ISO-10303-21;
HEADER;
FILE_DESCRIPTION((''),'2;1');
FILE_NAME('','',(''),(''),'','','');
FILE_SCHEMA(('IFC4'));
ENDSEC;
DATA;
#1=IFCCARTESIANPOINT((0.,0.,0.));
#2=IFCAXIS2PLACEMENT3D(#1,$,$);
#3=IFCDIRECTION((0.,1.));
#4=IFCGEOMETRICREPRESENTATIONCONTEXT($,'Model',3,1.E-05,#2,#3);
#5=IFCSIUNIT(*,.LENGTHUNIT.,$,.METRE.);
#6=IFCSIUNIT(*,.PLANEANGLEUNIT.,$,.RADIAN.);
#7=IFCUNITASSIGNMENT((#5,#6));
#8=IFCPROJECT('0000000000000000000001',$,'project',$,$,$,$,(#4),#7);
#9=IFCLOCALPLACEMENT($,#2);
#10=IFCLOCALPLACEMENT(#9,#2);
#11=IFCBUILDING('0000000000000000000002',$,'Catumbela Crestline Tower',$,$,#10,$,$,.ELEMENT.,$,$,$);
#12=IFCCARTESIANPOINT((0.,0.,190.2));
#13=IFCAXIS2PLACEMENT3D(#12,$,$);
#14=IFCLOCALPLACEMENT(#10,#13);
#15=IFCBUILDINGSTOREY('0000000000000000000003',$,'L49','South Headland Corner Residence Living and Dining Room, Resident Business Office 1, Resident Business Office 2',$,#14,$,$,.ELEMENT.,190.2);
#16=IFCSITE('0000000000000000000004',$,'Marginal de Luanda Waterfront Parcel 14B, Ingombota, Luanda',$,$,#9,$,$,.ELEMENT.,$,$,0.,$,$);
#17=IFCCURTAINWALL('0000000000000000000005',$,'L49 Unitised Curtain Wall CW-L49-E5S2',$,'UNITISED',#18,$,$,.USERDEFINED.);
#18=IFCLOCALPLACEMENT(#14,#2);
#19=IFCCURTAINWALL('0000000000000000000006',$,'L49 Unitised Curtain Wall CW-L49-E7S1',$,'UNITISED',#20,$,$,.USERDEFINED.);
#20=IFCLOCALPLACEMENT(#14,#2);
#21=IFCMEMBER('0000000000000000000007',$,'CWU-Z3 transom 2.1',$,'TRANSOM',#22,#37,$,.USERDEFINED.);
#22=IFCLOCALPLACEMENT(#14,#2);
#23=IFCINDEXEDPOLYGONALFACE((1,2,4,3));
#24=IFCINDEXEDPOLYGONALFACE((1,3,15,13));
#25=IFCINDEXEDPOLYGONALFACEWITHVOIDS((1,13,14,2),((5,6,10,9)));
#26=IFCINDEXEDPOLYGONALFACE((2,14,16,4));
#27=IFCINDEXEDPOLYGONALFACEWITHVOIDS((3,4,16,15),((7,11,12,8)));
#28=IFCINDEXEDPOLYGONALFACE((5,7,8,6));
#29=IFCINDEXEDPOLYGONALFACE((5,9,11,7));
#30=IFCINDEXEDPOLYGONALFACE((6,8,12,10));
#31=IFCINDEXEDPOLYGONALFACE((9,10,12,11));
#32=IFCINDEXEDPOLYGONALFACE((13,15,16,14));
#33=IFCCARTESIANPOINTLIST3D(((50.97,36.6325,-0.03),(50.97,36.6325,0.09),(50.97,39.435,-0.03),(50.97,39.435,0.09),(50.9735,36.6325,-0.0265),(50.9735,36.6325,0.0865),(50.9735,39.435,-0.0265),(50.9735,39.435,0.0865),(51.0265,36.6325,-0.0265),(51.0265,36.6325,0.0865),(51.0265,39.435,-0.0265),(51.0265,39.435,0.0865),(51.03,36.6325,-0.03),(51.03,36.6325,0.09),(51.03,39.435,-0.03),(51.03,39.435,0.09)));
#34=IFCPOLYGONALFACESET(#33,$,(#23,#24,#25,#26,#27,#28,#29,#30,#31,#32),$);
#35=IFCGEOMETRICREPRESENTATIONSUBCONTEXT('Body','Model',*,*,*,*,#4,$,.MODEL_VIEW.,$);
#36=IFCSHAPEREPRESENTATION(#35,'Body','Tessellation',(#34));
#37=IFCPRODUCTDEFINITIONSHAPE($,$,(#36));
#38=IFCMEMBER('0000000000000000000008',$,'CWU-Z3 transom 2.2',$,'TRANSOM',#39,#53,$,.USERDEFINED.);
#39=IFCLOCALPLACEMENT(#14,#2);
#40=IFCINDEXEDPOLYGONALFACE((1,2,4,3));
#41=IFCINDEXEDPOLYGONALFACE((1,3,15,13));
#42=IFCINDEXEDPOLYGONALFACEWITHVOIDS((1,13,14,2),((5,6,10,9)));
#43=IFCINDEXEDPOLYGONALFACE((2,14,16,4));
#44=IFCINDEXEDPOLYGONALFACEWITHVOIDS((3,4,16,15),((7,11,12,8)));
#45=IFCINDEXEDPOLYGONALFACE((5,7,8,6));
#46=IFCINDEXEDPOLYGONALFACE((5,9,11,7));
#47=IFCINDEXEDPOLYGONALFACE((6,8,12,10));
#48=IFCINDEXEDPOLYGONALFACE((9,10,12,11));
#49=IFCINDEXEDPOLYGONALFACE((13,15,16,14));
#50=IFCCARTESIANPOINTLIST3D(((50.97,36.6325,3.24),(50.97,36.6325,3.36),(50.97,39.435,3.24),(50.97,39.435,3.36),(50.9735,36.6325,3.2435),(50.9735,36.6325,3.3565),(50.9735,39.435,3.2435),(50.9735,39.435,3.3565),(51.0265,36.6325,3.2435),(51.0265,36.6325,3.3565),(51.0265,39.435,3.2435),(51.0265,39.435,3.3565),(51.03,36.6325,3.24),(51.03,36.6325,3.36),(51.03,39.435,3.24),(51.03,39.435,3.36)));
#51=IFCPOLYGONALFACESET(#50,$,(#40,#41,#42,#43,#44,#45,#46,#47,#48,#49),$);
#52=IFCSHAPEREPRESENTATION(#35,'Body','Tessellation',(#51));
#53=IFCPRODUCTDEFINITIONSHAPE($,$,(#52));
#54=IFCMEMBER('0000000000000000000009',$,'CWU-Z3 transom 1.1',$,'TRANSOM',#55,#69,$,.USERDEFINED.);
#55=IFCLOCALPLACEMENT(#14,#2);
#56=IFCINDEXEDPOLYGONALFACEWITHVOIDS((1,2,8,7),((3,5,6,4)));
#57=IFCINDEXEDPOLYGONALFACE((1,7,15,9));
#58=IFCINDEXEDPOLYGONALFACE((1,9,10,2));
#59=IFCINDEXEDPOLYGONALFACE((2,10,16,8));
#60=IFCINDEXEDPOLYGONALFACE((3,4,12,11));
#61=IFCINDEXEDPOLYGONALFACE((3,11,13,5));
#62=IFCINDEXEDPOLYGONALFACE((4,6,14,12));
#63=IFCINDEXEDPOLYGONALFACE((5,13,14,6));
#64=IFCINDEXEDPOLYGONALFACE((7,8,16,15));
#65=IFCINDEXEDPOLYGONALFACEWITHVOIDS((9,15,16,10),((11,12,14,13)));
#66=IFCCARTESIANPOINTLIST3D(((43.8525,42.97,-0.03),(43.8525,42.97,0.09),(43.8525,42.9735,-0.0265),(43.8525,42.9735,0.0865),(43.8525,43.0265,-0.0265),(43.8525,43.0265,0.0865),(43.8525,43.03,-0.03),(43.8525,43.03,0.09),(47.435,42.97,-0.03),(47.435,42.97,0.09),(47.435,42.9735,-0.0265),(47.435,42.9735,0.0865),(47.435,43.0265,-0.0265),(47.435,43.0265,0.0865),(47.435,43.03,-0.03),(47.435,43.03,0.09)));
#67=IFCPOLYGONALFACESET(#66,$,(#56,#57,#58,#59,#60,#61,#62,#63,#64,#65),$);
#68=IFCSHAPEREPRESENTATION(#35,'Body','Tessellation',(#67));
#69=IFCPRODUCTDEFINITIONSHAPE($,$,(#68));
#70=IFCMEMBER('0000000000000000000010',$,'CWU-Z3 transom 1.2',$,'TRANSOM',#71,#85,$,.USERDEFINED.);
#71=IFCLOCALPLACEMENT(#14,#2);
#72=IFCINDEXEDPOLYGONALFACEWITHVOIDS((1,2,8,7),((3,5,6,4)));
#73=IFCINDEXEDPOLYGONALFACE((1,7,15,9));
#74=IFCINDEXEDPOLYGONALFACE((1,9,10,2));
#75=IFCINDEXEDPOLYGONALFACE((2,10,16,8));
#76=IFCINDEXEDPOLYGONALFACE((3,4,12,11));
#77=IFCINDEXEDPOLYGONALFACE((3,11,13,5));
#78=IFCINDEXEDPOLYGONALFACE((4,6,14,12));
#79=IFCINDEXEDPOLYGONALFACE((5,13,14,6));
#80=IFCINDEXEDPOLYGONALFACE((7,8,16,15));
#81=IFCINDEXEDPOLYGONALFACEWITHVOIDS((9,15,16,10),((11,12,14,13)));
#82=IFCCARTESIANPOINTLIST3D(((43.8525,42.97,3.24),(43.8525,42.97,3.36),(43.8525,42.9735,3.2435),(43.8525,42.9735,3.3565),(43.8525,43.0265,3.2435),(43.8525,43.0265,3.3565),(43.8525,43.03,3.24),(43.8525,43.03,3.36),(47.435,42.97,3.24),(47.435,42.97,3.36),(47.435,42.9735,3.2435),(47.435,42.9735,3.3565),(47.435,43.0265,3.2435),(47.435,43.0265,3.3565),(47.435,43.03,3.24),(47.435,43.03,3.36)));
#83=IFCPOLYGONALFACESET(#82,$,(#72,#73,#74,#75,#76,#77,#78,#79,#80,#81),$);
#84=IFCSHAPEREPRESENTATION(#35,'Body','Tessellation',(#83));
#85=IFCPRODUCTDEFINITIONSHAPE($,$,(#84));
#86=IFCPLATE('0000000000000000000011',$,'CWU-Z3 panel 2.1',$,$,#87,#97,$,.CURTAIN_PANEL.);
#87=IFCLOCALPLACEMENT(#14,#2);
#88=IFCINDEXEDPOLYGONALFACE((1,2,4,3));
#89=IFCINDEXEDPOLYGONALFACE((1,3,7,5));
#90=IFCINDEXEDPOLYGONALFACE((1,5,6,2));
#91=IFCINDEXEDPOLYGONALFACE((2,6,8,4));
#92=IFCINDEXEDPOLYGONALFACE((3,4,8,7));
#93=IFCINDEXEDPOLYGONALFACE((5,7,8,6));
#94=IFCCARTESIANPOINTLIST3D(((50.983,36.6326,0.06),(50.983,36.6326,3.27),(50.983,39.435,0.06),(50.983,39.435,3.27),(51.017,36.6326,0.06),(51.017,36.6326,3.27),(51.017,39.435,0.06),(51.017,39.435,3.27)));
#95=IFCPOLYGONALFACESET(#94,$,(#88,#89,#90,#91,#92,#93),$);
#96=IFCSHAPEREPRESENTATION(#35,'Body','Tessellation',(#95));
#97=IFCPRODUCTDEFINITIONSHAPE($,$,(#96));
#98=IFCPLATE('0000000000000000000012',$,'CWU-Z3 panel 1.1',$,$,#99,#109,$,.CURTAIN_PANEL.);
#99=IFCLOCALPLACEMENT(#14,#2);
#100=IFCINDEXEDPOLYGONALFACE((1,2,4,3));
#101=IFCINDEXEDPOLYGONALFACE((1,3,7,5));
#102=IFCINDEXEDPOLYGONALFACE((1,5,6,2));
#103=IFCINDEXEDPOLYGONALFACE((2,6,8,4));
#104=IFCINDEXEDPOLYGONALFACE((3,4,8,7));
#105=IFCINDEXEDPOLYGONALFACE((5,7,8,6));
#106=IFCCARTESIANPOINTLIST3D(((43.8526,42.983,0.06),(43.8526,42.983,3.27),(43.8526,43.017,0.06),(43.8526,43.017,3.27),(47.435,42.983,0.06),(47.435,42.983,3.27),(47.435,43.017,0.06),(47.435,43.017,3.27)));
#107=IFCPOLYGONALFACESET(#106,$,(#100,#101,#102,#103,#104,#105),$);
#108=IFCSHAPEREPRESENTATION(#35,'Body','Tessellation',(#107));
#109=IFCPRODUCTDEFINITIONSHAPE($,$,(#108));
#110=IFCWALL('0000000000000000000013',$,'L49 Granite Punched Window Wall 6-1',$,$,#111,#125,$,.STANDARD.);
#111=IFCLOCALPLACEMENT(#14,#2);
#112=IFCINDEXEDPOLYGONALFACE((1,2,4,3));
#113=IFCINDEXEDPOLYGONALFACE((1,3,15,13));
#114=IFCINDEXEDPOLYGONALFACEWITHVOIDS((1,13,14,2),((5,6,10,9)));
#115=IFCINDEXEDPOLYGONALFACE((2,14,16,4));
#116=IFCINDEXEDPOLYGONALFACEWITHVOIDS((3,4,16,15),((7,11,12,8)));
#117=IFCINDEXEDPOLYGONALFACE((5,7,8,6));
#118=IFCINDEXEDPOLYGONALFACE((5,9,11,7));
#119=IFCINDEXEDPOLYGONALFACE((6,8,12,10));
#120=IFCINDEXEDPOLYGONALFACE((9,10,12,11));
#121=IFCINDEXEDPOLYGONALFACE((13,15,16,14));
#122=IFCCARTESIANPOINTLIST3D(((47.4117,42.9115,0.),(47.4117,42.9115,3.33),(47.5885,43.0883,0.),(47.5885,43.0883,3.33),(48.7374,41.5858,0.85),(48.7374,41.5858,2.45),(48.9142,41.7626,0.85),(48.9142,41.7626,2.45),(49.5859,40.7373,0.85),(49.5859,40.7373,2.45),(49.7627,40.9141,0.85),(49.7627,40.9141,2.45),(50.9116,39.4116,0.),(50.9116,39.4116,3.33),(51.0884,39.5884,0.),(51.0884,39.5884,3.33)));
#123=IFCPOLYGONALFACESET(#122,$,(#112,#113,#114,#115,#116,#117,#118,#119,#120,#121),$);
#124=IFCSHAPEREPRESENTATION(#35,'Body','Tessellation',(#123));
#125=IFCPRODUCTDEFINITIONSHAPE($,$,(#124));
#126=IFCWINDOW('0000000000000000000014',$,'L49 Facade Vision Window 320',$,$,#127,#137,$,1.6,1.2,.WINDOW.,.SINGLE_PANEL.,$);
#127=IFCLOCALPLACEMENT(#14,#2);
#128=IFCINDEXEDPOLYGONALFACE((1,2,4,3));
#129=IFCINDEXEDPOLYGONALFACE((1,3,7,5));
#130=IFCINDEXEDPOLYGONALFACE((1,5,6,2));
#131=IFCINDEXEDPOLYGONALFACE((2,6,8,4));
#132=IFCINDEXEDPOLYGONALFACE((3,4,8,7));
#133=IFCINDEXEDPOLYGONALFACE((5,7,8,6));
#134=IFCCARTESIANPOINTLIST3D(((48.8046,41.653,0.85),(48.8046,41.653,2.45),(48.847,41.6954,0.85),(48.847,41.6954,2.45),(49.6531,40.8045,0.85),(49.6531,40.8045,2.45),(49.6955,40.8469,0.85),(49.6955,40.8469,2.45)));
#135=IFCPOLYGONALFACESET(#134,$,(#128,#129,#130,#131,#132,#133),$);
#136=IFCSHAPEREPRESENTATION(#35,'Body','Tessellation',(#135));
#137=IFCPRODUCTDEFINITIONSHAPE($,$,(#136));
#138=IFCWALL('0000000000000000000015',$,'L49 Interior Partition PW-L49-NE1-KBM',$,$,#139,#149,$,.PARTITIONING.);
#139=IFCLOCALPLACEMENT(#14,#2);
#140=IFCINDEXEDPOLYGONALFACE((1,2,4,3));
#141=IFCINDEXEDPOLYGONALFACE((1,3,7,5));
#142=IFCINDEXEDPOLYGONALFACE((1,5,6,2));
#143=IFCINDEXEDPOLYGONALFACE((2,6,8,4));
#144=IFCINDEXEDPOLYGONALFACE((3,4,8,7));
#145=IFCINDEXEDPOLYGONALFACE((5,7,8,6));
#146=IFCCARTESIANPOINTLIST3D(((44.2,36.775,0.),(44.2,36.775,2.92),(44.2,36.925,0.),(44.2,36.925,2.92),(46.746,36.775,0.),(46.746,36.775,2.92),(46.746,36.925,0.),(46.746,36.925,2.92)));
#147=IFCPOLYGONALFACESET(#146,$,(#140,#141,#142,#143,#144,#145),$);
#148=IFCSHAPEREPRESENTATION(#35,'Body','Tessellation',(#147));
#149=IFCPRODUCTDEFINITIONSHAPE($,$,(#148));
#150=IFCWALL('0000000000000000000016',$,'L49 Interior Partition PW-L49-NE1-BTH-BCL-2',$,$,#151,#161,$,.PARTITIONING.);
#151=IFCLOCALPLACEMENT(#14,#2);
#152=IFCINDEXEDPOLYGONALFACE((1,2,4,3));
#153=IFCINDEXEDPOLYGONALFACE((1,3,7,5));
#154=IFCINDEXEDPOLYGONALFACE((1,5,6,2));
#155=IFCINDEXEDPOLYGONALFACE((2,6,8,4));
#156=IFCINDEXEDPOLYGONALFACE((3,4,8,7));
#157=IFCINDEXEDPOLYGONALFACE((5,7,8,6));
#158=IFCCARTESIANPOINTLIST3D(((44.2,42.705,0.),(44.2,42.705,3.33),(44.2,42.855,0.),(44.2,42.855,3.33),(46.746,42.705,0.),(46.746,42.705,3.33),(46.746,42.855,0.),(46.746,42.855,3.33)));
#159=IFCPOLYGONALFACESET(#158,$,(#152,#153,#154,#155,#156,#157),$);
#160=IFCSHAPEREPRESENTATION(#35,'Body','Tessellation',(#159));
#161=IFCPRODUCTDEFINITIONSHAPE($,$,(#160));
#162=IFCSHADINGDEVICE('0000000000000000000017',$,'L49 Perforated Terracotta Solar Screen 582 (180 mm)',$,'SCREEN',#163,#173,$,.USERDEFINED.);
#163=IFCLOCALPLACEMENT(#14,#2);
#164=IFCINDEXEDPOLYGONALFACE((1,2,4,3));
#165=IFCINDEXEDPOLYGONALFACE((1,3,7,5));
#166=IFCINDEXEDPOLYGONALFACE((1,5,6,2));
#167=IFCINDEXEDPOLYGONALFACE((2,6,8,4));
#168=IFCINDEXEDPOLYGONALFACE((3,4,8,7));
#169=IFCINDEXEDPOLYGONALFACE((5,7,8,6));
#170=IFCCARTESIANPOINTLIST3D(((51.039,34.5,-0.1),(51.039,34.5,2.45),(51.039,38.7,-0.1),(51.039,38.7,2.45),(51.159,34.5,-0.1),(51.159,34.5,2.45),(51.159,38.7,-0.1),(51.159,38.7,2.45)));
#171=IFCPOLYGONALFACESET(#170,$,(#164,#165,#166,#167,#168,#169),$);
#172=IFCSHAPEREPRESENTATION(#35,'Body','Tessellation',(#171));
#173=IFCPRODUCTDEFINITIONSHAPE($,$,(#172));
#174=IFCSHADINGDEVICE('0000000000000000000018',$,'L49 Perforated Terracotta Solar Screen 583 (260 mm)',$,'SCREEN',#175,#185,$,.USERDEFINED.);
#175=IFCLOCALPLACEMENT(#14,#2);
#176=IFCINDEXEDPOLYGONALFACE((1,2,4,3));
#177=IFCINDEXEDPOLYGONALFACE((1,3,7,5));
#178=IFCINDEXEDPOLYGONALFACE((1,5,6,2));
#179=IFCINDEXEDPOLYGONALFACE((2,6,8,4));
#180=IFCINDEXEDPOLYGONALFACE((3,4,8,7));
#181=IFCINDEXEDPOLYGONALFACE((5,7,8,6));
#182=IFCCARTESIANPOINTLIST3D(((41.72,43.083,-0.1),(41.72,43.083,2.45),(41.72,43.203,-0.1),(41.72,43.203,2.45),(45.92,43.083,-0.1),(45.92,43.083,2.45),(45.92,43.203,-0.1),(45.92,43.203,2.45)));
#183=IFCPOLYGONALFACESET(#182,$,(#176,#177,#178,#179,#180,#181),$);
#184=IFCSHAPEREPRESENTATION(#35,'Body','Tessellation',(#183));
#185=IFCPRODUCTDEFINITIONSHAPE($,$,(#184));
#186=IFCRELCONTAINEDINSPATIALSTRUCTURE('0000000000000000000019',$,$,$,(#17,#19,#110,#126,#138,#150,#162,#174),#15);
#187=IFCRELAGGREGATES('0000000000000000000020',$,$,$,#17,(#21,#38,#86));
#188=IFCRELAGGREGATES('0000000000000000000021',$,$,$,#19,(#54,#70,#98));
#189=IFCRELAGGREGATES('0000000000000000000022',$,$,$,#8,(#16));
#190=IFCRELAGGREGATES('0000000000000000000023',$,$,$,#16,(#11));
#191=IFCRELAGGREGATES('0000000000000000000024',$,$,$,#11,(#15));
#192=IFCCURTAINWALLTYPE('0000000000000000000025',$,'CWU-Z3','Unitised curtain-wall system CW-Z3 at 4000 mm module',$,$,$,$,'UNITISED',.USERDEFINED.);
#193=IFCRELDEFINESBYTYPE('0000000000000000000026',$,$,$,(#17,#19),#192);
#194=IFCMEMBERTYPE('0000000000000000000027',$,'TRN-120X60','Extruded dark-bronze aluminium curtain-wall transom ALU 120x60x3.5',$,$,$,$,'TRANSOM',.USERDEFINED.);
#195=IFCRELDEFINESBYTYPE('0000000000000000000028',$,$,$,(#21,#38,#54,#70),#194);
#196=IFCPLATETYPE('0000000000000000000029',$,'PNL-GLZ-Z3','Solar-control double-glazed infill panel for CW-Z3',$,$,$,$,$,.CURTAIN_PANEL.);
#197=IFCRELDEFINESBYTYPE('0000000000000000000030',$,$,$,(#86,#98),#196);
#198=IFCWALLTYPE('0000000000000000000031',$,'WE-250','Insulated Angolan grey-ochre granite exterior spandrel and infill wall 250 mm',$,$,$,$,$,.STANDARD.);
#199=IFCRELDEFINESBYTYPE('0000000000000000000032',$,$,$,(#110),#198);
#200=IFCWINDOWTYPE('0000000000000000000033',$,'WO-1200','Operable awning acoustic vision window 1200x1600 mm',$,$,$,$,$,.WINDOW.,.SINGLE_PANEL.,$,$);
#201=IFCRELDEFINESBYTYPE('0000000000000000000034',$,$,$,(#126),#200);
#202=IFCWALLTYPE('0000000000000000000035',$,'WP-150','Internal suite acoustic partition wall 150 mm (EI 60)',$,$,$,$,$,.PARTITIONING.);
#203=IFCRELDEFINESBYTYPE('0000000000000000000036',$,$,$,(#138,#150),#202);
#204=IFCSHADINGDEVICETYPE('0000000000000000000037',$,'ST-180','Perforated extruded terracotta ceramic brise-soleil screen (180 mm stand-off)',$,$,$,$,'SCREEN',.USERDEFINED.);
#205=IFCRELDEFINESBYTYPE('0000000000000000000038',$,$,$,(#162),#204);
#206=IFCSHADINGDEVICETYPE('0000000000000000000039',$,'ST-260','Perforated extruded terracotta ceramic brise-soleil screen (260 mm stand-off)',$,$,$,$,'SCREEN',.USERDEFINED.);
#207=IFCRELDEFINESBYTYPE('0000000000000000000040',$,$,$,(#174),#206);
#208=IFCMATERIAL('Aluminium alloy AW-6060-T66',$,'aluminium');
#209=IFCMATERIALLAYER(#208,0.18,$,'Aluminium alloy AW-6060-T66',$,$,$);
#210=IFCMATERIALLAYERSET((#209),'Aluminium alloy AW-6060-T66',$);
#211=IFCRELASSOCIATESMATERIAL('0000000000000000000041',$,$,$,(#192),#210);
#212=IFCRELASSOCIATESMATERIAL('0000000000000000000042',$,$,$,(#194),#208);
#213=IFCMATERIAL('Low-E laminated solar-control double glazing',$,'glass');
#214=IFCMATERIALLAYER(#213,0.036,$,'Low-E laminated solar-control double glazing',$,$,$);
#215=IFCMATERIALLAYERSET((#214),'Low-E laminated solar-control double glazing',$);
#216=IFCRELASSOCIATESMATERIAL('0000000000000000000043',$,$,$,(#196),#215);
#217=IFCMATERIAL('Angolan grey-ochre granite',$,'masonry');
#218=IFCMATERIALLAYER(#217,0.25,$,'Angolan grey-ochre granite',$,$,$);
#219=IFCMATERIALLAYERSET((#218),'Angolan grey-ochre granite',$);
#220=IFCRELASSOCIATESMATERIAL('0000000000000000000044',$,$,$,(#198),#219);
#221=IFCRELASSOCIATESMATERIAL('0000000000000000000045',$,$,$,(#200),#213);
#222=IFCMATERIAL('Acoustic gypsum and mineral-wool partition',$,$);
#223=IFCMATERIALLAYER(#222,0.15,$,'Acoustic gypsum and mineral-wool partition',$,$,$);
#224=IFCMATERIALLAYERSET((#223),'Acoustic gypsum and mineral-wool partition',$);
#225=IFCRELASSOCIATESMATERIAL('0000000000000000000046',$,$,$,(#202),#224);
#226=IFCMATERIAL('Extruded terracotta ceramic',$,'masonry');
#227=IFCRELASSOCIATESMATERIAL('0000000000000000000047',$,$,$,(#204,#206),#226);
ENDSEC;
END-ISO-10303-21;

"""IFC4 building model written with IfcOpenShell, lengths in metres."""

from ifc_helpers import new_model, si_unit, direction, frame, frame_2d, origin, origin_2d, place, context, subcontext, project, spatial, rectangle, hollow_rectangle, extrude, material, layer, layer_set, material_profile, profile_set, type_object, element, fill, aggregate, save


model = new_model("IFC4")

# Units and contexts
model_context = context("Model", 3, precision=1e-05, world=origin(), true_north=direction((0.0, 1.0)))
body_context = subcontext(model_context, "Body", "Model", "MODEL_VIEW")
ifc_project = project(units=[si_unit("LENGTHUNIT", "METRE"), si_unit("PLANEANGLEUNIT", "RADIAN")], contexts=[model_context])

# Site, building, storey
site_placement = place(None, origin())
site = spatial("IfcSite", under=ifc_project, at=site_placement, Name="Marginal de Luanda Waterfront Parcel 14B, Ingombota, Luanda", CompositionType="ELEMENT", RefElevation=0.0)
building_placement = place(site_placement, origin())
building = spatial("IfcBuilding", under=site, at=building_placement, Name="Catumbela Crestline Tower", CompositionType="ELEMENT")
storey_placement = place(building_placement, frame((0.0, 0.0, 190.2)))
storey = spatial("IfcBuildingStorey", under=building, at=storey_placement, Name="L49", Description="South Headland Corner Residence Living and Dining Room, Resident Business Office 1, Resident Business Office 2", CompositionType="ELEMENT", Elevation=190.2)

# Curtain walls
ifc_material_1 = material(Name="Aluminium alloy AW-6060-T66", Category="aluminium")
ifc_layer_1 = layer(ifc_material_1, 0.18, Name="Aluminium alloy AW-6060-T66")
ifc_layer_set_1 = layer_set([ifc_layer_1], Name="Aluminium alloy AW-6060-T66")
curtain_wall_type = type_object("IfcCurtainWallType", Name="CWU-Z3", Description="Unitised curtain-wall system CW-Z3 at 4000 mm module", ElementType="UNITISED", PredefinedType="USERDEFINED", material=ifc_layer_set_1)
curtain_wall_1_placement = place(storey_placement, origin())
curtain_wall_1 = element("IfcCurtainWall", 1, at=curtain_wall_1_placement, inside=storey, type_object=curtain_wall_type, Name="L49 Unitised Curtain Wall CW-L49-E5S2", ObjectType="UNITISED", PredefinedType="USERDEFINED")
curtain_wall_2_placement = place(storey_placement, origin())
curtain_wall_2 = element("IfcCurtainWall", 2, at=curtain_wall_2_placement, inside=storey, type_object=curtain_wall_type, Name="L49 Unitised Curtain Wall CW-L49-E7S1", ObjectType="UNITISED", PredefinedType="USERDEFINED")

# Members
ifc_material_profile_1 = material_profile(ifc_material_1, hollow_rectangle(XDim=0.06, YDim=0.12, WallThickness=0.0035, at=origin_2d()), Name="ALU 120x60x3.5")
ifc_profile_set_1 = profile_set([ifc_material_profile_1], Name="Aluminium alloy AW-6060-T66")
member_type_1 = type_object("IfcMemberType", Name="TRN-120X60", Description="Extruded dark-bronze aluminium curtain-wall transom ALU 120x60x3.5", ElementType="TRANSOM", PredefinedType="USERDEFINED", material=ifc_profile_set_1)
member_1_placement = place(storey_placement, frame((51.0, 36.6325, 0.03), z_axis=(0.0, 1.0, 0.0), x_axis=(-1.0, 0.0, 0.0)))
member_1 = element("IfcMember", 3, at=member_1_placement, type_object=member_type_1, Name="CWU-Z3 transom 2.1", ObjectType="TRANSOM", PredefinedType="USERDEFINED", context=body_context, shape_type="SweptSolid", body=[
    extrude(hollow_rectangle(XDim=0.06, YDim=0.12, WallThickness=0.0035, at=origin_2d()), origin(), (0.0, 0.0, 1.0), 2.8025),
])
member_2_placement = place(storey_placement, frame((51.0, 36.6325, 3.3), z_axis=(0.0, 1.0, 0.0), x_axis=(-1.0, 0.0, 0.0)))
member_2 = element("IfcMember", 4, at=member_2_placement, type_object=member_type_1, Name="CWU-Z3 transom 2.2", ObjectType="TRANSOM", PredefinedType="USERDEFINED", context=body_context, shape_type="SweptSolid", body=[
    extrude(hollow_rectangle(XDim=0.06, YDim=0.12, WallThickness=0.0035, at=origin_2d()), origin(), (0.0, 0.0, 1.0), 2.8025),
])
member_3_placement = place(storey_placement, frame((47.435, 43.0, 0.03), z_axis=(-1.0, 0.0, 0.0), x_axis=(0.0, -1.0, 0.0)))
member_3 = element("IfcMember", 5, at=member_3_placement, type_object=member_type_1, Name="CWU-Z3 transom 1.1", ObjectType="TRANSOM", PredefinedType="USERDEFINED", context=body_context, shape_type="SweptSolid", body=[
    extrude(hollow_rectangle(XDim=0.06, YDim=0.12, WallThickness=0.0035, at=origin_2d()), origin(), (0.0, 0.0, 1.0), 3.5825),
])
member_4_placement = place(storey_placement, frame((47.435, 43.0, 3.3), z_axis=(-1.0, 0.0, 0.0), x_axis=(0.0, -1.0, 0.0)))
member_4 = element("IfcMember", 6, at=member_4_placement, type_object=member_type_1, Name="CWU-Z3 transom 1.2", ObjectType="TRANSOM", PredefinedType="USERDEFINED", context=body_context, shape_type="SweptSolid", body=[
    extrude(hollow_rectangle(XDim=0.06, YDim=0.12, WallThickness=0.0035, at=origin_2d()), origin(), (0.0, 0.0, 1.0), 3.5825),
])

# Plates
ifc_material_2 = material(Name="Low-E laminated solar-control double glazing", Category="glass")
ifc_layer_2 = layer(ifc_material_2, 0.036, Name="Low-E laminated solar-control double glazing")
ifc_layer_set_2 = layer_set([ifc_layer_2], Name="Low-E laminated solar-control double glazing")
plate_type = type_object("IfcPlateType", Name="PNL-GLZ-Z3", Description="Solar-control double-glazed infill panel for CW-Z3", PredefinedType="CURTAIN_PANEL", material=ifc_layer_set_2)
plate_1_placement = place(storey_placement, frame((51.0, 38.0338, 0.06), z_axis=(0.0, 0.0, 1.0), x_axis=(0.0, 1.0, 0.0)))
plate_1 = element("IfcPlate", 7, at=plate_1_placement, type_object=plate_type, Name="CWU-Z3 panel 2.1", PredefinedType="CURTAIN_PANEL", context=body_context, shape_type="SweptSolid", body=[
    extrude(rectangle(XDim=2.8025, YDim=0.034, at=origin_2d()), origin(), (0.0, 0.0, 1.0), 3.21),
])
aggregate(curtain_wall_1, [member_1, member_2, plate_1])
plate_2_placement = place(storey_placement, frame((45.6438, 43.0, 0.06), z_axis=(0.0, 0.0, 1.0), x_axis=(-1.0, 0.0, 0.0)))
plate_2 = element("IfcPlate", 8, at=plate_2_placement, type_object=plate_type, Name="CWU-Z3 panel 1.1", PredefinedType="CURTAIN_PANEL", context=body_context, shape_type="SweptSolid", body=[
    extrude(rectangle(XDim=3.5825, YDim=0.034, at=origin_2d()), origin(), (0.0, 0.0, 1.0), 3.21),
])
aggregate(curtain_wall_2, [member_3, member_4, plate_2])

# Wall, opening, window
ifc_material_3 = material(Name="Angolan grey-ochre granite", Category="masonry")
ifc_layer_3 = layer(ifc_material_3, 0.25, Name="Angolan grey-ochre granite")
ifc_layer_set_3 = layer_set([ifc_layer_3], Name="Angolan grey-ochre granite")
wall_type_1 = type_object("IfcWallType", Name="WE-250", Description="Insulated Angolan grey-ochre granite exterior spandrel and infill wall 250 mm", PredefinedType="STANDARD", material=ifc_layer_set_3)
wall_1_placement = place(storey_placement, frame((51.0, 39.5, 0.0), z_axis=(0.0, 0.0, 1.0), x_axis=(-0.707107, 0.707107, 0.0)))
wall_1 = element("IfcWall", 9, at=wall_1_placement, inside=storey, type_object=wall_type_1, Name="L49 Granite Punched Window Wall 6-1", PredefinedType="STANDARD", context=body_context, shape_type="SweptSolid", body=[
    extrude(rectangle(XDim=4.9497, YDim=0.25, at=frame_2d((2.4748, 0.0))), origin(), (0.0, 0.0, 1.0), 3.33),
])
opening_placement = place(wall_1_placement, frame((1.8748, 0.0, 0.85)))
opening = element("IfcOpeningElement", 10, at=opening_placement, cuts=wall_1, PredefinedType="OPENING", context=body_context, shape_type="SweptSolid", body=[
    extrude(rectangle(XDim=1.2, YDim=1.6, at=frame_2d((0.6, 0.8))), frame((0.0, 0.135, 0.0), z_axis=(0.0, -1.0, 0.0), x_axis=(1.0, 0.0, 0.0)), (0.0, 0.0, 1.0), 0.27),
])
window_type = type_object("IfcWindowType", Name="WO-1200", Description="Operable awning acoustic vision window 1200x1600 mm", PartitioningType="SINGLE_PANEL", PredefinedType="WINDOW", material=ifc_material_2)
window_placement = place(opening_placement, origin())
window = element("IfcWindow", 11, at=window_placement, inside=storey, type_object=window_type, Name="L49 Facade Vision Window 320", OverallHeight=1.6, OverallWidth=1.2, PartitioningType="SINGLE_PANEL", PredefinedType="WINDOW", context=body_context, shape_type="SweptSolid", body=[
    extrude(rectangle(XDim=1.2, YDim=1.6, at=frame_2d((0.6, 0.8))), frame((0.0, 0.03, 0.0), z_axis=(0.0, -1.0, 0.0), x_axis=(1.0, 0.0, 0.0)), (0.0, 0.0, 1.0), 0.06),
])
fill(opening, window)

# Walls
ifc_material_4 = material(Name="Acoustic gypsum and mineral-wool partition")
ifc_layer_4 = layer(ifc_material_4, 0.15, Name="Acoustic gypsum and mineral-wool partition")
ifc_layer_set_4 = layer_set([ifc_layer_4], Name="Acoustic gypsum and mineral-wool partition")
wall_type_2 = type_object("IfcWallType", Name="WP-150", Description="Internal suite acoustic partition wall 150 mm (EI 60)", PredefinedType="PARTITIONING", material=ifc_layer_set_4)
wall_2_placement = place(storey_placement, frame((44.2, 36.85, 0.0), z_axis=(0.0, 0.0, 1.0), x_axis=(1.0, 0.0, 0.0)))
element("IfcWall", 12, at=wall_2_placement, inside=storey, type_object=wall_type_2, Name="L49 Interior Partition PW-L49-NE1-KBM", PredefinedType="PARTITIONING", context=body_context, shape_type="SweptSolid", body=[
    extrude(rectangle(XDim=2.546, YDim=0.15, at=frame_2d((1.273, 0.0))), origin(), (0.0, 0.0, 1.0), 2.92),
])
wall_3_placement = place(storey_placement, frame((44.2, 42.78, 0.0), z_axis=(0.0, 0.0, 1.0), x_axis=(1.0, 0.0, 0.0)))
element("IfcWall", 13, at=wall_3_placement, inside=storey, type_object=wall_type_2, Name="L49 Interior Partition PW-L49-NE1-BTH-BCL-2", PredefinedType="PARTITIONING", context=body_context, shape_type="SweptSolid", body=[
    extrude(rectangle(XDim=2.546, YDim=0.15, at=frame_2d((1.273, 0.0))), origin(), (0.0, 0.0, 1.0), 3.33),
])

# Shading devices
ifc_material_5 = material(Name="Extruded terracotta ceramic", Category="masonry")
shading_device_type_1 = type_object("IfcShadingDeviceType", Name="ST-180", Description="Perforated extruded terracotta ceramic brise-soleil screen (180 mm stand-off)", ElementType="SCREEN", PredefinedType="USERDEFINED", material=ifc_material_5)
shading_device_1_placement = place(storey_placement, frame((51.099, 36.6, -0.1), z_axis=(0.0, 0.0, 1.0), x_axis=(0.0, 1.0, 0.0)))
element("IfcShadingDevice", 14, at=shading_device_1_placement, inside=storey, type_object=shading_device_type_1, Name="L49 Perforated Terracotta Solar Screen 582 (180 mm)", ObjectType="SCREEN", PredefinedType="USERDEFINED", context=body_context, shape_type="SweptSolid", body=[
    extrude(rectangle(XDim=4.2, YDim=0.12, at=origin_2d()), origin(), (0.0, 0.0, 1.0), 2.55),
])
shading_device_type_2 = type_object("IfcShadingDeviceType", Name="ST-260", Description="Perforated extruded terracotta ceramic brise-soleil screen (260 mm stand-off)", ElementType="SCREEN", PredefinedType="USERDEFINED", material=ifc_material_5)
shading_device_2_placement = place(storey_placement, frame((43.82, 43.143, -0.1), z_axis=(0.0, 0.0, 1.0), x_axis=(-1.0, 0.0, 0.0)))
element("IfcShadingDevice", 15, at=shading_device_2_placement, inside=storey, type_object=shading_device_type_2, Name="L49 Perforated Terracotta Solar Screen 583 (260 mm)", ObjectType="SCREEN", PredefinedType="USERDEFINED", context=body_context, shape_type="SweptSolid", body=[
    extrude(rectangle(XDim=4.2, YDim=0.12, at=origin_2d()), origin(), (0.0, 0.0, 1.0), 2.55),
])

save(model, "model.ifc")
